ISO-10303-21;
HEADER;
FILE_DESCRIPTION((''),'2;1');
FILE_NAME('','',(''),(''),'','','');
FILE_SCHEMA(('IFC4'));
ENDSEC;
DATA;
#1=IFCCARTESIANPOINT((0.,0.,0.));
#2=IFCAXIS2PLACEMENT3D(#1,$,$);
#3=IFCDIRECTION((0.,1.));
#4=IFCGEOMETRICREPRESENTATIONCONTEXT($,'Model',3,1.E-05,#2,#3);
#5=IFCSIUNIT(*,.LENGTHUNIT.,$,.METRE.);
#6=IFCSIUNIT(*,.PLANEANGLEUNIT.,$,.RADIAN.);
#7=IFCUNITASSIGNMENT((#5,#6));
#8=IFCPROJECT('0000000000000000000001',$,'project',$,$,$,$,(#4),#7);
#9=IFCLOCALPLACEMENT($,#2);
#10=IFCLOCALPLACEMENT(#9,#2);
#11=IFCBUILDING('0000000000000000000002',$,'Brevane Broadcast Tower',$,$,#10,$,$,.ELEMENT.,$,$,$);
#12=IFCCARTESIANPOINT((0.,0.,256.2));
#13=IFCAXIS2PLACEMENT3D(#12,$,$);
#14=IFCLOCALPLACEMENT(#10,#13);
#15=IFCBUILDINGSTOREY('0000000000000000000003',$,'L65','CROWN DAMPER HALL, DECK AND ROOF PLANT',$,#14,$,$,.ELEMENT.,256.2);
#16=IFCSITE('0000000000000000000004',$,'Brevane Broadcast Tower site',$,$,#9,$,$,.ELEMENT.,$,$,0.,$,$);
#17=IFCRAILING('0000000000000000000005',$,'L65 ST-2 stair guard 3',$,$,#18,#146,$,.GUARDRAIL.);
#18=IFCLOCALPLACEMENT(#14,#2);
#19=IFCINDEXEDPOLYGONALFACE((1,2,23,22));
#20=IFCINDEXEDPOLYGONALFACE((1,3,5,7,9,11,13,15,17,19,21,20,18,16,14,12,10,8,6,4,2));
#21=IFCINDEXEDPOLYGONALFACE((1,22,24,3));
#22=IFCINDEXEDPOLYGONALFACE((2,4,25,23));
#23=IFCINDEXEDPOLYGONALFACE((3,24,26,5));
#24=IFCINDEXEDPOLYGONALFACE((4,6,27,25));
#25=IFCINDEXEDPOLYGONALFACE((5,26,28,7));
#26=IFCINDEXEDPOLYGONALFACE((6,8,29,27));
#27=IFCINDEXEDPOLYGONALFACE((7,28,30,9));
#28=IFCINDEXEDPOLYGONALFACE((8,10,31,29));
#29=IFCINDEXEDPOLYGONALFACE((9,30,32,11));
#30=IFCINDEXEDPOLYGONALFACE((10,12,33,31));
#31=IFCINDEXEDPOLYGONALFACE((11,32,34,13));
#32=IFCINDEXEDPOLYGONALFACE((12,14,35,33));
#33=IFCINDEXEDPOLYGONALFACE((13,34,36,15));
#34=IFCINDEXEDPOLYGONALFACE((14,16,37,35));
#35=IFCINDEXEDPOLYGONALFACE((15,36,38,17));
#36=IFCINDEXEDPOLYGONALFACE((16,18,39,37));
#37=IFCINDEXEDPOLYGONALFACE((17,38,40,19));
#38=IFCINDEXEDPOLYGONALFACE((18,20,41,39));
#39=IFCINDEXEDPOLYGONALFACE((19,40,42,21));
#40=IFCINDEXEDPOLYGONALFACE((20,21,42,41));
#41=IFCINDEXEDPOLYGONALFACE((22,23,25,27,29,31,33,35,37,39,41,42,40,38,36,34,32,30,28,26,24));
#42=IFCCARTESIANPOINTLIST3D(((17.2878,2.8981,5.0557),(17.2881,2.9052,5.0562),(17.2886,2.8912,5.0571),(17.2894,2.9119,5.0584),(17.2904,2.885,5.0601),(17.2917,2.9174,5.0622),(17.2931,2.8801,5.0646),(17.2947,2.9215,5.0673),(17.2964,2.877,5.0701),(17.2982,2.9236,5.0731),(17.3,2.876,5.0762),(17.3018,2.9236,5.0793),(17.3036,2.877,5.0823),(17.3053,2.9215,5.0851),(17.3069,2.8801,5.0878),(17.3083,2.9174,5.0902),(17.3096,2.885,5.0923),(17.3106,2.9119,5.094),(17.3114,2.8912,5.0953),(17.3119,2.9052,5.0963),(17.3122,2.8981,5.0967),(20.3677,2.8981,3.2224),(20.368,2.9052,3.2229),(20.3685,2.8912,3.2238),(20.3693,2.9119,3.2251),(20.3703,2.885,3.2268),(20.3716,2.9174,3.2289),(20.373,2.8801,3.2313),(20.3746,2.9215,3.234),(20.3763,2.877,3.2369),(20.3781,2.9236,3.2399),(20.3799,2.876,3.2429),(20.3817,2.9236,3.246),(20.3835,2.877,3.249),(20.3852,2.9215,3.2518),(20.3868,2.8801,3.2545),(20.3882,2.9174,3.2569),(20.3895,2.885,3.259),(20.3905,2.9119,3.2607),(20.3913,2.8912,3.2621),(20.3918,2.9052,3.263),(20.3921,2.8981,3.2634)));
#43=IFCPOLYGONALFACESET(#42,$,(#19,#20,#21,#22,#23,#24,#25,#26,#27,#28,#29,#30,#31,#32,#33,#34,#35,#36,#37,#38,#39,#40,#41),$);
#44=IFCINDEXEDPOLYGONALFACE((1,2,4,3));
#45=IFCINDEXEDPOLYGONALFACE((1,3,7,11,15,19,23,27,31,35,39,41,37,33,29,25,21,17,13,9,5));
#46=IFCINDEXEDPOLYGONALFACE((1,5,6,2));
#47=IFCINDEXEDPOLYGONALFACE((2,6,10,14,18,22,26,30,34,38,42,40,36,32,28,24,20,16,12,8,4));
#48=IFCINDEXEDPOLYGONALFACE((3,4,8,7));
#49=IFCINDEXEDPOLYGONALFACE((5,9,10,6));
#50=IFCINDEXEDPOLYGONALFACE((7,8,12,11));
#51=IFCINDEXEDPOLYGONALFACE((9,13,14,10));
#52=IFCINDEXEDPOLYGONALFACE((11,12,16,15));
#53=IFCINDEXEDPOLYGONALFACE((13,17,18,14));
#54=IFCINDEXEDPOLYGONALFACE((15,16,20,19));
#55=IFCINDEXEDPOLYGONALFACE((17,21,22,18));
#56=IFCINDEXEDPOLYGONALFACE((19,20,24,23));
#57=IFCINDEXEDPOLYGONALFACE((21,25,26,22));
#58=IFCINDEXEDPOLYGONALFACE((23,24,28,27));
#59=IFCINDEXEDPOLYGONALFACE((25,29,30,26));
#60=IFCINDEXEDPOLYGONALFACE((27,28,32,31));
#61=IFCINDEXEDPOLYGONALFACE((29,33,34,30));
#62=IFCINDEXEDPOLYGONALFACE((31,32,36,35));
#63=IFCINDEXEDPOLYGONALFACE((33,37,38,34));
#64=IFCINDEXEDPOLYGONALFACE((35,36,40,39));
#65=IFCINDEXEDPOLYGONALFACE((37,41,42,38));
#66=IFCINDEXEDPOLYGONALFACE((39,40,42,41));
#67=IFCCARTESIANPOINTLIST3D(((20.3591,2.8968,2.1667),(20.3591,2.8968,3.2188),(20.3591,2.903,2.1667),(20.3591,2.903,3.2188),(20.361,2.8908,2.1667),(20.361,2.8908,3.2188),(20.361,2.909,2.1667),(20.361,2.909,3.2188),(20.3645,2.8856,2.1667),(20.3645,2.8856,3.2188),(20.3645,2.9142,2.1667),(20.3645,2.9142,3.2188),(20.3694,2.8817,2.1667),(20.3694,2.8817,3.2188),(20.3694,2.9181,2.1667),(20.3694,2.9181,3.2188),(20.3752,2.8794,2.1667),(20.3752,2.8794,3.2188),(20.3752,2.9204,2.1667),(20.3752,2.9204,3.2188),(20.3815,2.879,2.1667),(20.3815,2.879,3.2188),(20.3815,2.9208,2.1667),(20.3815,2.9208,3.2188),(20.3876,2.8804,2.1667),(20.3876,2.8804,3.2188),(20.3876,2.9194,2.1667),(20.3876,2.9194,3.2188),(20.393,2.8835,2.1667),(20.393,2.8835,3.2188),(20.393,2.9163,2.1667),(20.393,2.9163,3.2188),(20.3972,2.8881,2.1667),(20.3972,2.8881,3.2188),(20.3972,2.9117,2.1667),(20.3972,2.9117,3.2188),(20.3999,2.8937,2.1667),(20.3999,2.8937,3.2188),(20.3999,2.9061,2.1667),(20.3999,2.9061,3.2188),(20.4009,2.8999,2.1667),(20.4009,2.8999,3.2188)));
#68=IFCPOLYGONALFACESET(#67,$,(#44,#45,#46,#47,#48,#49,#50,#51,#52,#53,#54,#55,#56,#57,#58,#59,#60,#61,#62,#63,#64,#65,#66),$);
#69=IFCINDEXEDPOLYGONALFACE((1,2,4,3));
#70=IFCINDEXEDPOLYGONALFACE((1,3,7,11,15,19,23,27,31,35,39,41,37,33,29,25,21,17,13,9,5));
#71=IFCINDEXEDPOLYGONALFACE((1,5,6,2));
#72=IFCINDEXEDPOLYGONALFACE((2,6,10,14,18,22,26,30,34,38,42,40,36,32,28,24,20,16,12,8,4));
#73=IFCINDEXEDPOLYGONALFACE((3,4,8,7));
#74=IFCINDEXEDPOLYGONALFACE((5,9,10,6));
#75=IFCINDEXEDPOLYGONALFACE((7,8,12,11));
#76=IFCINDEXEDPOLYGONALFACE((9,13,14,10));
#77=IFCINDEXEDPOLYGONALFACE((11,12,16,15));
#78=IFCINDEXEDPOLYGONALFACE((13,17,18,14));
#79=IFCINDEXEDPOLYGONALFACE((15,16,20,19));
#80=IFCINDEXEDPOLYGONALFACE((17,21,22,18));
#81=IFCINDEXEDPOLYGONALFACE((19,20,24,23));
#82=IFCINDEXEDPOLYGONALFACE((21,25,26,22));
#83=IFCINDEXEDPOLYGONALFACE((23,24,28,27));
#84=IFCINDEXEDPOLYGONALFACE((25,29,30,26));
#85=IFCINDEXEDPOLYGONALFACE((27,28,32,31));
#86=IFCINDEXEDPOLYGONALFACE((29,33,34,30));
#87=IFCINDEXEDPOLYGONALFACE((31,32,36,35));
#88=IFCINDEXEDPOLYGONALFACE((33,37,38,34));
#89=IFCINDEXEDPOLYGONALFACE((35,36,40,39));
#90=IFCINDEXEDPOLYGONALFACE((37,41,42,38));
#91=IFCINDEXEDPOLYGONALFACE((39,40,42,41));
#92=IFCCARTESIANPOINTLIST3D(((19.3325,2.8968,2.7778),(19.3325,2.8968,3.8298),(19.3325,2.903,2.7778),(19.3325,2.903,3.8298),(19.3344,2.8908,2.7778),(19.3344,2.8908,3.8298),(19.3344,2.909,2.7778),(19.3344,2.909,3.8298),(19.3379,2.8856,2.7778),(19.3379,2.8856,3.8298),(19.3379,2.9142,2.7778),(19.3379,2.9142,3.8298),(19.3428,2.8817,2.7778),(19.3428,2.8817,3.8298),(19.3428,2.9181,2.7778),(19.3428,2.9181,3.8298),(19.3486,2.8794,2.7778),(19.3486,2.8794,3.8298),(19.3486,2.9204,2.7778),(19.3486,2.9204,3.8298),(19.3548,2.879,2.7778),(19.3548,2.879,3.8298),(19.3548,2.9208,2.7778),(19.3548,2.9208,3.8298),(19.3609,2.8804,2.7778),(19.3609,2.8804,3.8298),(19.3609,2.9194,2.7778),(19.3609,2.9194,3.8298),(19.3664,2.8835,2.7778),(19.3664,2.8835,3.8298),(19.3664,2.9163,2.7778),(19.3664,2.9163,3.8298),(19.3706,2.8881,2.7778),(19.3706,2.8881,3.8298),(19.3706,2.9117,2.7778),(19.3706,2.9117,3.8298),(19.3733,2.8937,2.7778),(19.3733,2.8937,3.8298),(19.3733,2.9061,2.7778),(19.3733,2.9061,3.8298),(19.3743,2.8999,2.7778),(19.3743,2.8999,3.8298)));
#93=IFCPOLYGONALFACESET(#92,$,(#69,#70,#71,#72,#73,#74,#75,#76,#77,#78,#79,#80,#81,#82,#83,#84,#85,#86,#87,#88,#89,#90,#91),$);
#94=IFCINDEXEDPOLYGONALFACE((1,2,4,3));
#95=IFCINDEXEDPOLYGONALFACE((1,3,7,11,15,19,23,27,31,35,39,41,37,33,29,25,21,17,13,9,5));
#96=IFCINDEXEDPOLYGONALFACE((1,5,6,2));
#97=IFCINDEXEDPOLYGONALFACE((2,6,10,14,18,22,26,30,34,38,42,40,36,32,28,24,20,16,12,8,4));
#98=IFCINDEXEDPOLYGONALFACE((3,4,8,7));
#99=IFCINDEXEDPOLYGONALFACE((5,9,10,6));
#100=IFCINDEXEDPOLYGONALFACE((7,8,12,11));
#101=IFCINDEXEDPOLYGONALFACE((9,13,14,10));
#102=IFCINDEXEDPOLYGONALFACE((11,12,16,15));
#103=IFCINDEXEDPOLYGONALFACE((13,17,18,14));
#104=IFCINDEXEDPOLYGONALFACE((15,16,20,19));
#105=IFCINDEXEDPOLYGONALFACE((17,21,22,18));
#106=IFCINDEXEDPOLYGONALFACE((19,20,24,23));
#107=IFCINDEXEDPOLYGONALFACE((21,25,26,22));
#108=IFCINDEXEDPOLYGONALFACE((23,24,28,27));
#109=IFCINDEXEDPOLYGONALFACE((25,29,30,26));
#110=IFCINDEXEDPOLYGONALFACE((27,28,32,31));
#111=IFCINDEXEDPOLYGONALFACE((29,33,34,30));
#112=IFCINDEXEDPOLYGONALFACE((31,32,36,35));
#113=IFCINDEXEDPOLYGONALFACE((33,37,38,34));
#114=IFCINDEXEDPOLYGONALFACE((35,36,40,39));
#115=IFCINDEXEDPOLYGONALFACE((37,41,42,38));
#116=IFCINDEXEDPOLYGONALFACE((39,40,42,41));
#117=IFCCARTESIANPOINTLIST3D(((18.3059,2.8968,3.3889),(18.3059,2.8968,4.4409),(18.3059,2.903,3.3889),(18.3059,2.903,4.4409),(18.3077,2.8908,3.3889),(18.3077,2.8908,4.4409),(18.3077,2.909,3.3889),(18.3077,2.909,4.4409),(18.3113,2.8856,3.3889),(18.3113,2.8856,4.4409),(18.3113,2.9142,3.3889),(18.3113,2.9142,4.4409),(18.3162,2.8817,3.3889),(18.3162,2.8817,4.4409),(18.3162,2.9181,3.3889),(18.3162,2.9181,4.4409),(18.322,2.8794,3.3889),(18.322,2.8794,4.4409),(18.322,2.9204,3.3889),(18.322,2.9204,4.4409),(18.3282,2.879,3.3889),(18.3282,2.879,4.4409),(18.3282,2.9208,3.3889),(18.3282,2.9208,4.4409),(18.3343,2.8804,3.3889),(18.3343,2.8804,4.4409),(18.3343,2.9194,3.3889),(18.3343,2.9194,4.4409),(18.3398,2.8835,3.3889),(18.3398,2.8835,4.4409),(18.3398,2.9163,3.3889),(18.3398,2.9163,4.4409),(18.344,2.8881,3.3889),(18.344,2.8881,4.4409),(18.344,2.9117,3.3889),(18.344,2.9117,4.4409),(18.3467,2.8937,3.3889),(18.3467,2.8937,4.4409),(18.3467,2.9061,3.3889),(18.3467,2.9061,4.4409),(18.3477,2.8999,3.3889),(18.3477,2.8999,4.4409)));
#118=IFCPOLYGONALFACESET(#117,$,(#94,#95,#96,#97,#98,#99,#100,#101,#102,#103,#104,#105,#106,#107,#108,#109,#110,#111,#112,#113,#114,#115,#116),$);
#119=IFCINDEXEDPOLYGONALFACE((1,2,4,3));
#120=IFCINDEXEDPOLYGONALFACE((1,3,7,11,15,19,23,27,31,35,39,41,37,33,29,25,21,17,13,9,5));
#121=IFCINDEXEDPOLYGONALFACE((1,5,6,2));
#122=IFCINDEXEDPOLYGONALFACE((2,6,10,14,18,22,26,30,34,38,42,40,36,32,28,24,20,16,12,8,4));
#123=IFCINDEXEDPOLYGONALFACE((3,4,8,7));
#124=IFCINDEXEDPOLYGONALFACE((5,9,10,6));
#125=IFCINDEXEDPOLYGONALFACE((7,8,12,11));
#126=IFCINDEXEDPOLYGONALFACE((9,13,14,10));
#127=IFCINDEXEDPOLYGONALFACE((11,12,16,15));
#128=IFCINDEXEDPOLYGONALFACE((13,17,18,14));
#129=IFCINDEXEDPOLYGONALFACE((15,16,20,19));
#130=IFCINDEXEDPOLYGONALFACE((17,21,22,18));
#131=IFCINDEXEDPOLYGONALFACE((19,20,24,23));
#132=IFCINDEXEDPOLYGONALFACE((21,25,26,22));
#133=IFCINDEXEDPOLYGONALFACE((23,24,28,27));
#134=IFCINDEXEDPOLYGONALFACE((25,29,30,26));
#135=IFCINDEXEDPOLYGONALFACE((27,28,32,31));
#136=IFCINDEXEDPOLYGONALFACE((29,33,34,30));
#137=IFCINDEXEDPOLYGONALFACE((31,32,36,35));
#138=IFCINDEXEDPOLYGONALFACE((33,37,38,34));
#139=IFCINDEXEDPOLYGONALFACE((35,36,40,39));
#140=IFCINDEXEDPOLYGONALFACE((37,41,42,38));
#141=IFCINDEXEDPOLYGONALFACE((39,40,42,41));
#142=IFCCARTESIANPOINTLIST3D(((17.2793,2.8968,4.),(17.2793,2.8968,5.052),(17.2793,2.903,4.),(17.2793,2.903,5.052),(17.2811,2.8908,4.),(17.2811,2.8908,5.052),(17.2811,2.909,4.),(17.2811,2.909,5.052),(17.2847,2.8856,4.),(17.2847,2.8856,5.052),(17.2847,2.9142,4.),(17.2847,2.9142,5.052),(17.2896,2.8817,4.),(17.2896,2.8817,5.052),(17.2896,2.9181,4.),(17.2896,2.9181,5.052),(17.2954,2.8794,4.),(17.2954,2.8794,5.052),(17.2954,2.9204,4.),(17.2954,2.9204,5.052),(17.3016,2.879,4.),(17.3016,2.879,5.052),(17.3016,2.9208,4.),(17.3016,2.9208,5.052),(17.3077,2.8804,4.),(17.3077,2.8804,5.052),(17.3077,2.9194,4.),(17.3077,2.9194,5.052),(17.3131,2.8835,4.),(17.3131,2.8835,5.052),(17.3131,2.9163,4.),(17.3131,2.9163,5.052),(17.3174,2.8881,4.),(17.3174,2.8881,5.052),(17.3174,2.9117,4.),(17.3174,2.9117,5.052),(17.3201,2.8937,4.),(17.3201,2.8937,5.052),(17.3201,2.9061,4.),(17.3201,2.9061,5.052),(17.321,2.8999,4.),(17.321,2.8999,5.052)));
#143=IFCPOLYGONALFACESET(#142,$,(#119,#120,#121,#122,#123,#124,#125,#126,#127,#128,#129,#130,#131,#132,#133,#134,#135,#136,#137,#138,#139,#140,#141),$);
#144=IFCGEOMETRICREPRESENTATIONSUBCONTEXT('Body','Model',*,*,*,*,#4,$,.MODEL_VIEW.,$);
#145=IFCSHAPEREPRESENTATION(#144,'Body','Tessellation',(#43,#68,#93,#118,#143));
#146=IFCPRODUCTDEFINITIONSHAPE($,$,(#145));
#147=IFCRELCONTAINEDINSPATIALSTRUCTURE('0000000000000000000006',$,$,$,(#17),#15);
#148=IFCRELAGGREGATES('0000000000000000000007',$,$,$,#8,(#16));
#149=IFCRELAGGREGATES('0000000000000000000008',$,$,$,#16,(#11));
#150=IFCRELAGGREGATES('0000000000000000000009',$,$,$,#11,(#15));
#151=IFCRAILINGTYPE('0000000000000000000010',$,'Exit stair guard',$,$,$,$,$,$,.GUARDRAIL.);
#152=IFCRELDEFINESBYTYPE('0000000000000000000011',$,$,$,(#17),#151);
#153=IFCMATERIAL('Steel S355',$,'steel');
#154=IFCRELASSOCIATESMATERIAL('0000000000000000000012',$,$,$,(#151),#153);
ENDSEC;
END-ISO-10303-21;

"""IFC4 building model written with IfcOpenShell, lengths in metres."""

from ifc_helpers import new_model, si_unit, direction, frame, origin, origin_2d, place, context, subcontext, project, spatial, circle, extrude, material, type_object, element, save


model = new_model("IFC4")

# Units and contexts
model_context = context("Model", 3, precision=1e-05, world=origin(), true_north=direction((0.0, 1.0)))
body_context = subcontext(model_context, "Body", "Model", "MODEL_VIEW")
ifc_project = project(units=[si_unit("LENGTHUNIT", "METRE"), si_unit("PLANEANGLEUNIT", "RADIAN")], contexts=[model_context])

# Site, building, storey
site_placement = place(None, origin())
site = spatial("IfcSite", under=ifc_project, at=site_placement, Name="Brevane Broadcast Tower site", CompositionType="ELEMENT", RefElevation=0.0)
building_placement = place(site_placement, origin())
building = spatial("IfcBuilding", under=site, at=building_placement, Name="Brevane Broadcast Tower", CompositionType="ELEMENT")
storey_placement = place(building_placement, frame((0.0, 0.0, 256.2)))
storey = spatial("IfcBuildingStorey", under=building, at=storey_placement, Name="L65", Description="CROWN DAMPER HALL, DECK AND ROOF PLANT", CompositionType="ELEMENT", Elevation=256.2)

# Railing
ifc_material_1 = material(Name="Steel S355", Category="steel")
railing_type_1 = type_object("IfcRailingType", Name="Exit stair guard", PredefinedType="GUARDRAIL", material=ifc_material_1)
railing_1_placement = place(storey_placement, frame((20.3799, 2.8999, 2.1667)))
element("IfcRailing", 1, at=railing_1_placement, inside=storey, type_object=railing_type_1, Name="L65 ST-2 stair guard 3", PredefinedType="GUARDRAIL", context=body_context, shape_type="SweptSolid", body=[
    extrude(circle(Radius=0.0239, at=origin_2d()), frame((0.0, 0.0, 1.0762), z_axis=(-0.859291, 0.0, 0.511487), x_axis=(0.0, -1.0, 0.0)), (0.0, 0.0, 1.0), 3.5842),
    extrude(circle(Radius=0.021, at=origin_2d()), origin(), (0.0, 0.0, 1.0), 1.052),
    extrude(circle(Radius=0.021, at=origin_2d()), frame((-1.0266, 0.0, 0.6111)), (0.0, 0.0, 1.0), 1.052),
    extrude(circle(Radius=0.021, at=origin_2d()), frame((-2.0532, 0.0, 1.2222)), (0.0, 0.0, 1.0), 1.052),
    extrude(circle(Radius=0.021, at=origin_2d()), frame((-3.0798, 0.0, 1.8333)), (0.0, 0.0, 1.0), 1.052),
])

save(model, "model.ifc")
